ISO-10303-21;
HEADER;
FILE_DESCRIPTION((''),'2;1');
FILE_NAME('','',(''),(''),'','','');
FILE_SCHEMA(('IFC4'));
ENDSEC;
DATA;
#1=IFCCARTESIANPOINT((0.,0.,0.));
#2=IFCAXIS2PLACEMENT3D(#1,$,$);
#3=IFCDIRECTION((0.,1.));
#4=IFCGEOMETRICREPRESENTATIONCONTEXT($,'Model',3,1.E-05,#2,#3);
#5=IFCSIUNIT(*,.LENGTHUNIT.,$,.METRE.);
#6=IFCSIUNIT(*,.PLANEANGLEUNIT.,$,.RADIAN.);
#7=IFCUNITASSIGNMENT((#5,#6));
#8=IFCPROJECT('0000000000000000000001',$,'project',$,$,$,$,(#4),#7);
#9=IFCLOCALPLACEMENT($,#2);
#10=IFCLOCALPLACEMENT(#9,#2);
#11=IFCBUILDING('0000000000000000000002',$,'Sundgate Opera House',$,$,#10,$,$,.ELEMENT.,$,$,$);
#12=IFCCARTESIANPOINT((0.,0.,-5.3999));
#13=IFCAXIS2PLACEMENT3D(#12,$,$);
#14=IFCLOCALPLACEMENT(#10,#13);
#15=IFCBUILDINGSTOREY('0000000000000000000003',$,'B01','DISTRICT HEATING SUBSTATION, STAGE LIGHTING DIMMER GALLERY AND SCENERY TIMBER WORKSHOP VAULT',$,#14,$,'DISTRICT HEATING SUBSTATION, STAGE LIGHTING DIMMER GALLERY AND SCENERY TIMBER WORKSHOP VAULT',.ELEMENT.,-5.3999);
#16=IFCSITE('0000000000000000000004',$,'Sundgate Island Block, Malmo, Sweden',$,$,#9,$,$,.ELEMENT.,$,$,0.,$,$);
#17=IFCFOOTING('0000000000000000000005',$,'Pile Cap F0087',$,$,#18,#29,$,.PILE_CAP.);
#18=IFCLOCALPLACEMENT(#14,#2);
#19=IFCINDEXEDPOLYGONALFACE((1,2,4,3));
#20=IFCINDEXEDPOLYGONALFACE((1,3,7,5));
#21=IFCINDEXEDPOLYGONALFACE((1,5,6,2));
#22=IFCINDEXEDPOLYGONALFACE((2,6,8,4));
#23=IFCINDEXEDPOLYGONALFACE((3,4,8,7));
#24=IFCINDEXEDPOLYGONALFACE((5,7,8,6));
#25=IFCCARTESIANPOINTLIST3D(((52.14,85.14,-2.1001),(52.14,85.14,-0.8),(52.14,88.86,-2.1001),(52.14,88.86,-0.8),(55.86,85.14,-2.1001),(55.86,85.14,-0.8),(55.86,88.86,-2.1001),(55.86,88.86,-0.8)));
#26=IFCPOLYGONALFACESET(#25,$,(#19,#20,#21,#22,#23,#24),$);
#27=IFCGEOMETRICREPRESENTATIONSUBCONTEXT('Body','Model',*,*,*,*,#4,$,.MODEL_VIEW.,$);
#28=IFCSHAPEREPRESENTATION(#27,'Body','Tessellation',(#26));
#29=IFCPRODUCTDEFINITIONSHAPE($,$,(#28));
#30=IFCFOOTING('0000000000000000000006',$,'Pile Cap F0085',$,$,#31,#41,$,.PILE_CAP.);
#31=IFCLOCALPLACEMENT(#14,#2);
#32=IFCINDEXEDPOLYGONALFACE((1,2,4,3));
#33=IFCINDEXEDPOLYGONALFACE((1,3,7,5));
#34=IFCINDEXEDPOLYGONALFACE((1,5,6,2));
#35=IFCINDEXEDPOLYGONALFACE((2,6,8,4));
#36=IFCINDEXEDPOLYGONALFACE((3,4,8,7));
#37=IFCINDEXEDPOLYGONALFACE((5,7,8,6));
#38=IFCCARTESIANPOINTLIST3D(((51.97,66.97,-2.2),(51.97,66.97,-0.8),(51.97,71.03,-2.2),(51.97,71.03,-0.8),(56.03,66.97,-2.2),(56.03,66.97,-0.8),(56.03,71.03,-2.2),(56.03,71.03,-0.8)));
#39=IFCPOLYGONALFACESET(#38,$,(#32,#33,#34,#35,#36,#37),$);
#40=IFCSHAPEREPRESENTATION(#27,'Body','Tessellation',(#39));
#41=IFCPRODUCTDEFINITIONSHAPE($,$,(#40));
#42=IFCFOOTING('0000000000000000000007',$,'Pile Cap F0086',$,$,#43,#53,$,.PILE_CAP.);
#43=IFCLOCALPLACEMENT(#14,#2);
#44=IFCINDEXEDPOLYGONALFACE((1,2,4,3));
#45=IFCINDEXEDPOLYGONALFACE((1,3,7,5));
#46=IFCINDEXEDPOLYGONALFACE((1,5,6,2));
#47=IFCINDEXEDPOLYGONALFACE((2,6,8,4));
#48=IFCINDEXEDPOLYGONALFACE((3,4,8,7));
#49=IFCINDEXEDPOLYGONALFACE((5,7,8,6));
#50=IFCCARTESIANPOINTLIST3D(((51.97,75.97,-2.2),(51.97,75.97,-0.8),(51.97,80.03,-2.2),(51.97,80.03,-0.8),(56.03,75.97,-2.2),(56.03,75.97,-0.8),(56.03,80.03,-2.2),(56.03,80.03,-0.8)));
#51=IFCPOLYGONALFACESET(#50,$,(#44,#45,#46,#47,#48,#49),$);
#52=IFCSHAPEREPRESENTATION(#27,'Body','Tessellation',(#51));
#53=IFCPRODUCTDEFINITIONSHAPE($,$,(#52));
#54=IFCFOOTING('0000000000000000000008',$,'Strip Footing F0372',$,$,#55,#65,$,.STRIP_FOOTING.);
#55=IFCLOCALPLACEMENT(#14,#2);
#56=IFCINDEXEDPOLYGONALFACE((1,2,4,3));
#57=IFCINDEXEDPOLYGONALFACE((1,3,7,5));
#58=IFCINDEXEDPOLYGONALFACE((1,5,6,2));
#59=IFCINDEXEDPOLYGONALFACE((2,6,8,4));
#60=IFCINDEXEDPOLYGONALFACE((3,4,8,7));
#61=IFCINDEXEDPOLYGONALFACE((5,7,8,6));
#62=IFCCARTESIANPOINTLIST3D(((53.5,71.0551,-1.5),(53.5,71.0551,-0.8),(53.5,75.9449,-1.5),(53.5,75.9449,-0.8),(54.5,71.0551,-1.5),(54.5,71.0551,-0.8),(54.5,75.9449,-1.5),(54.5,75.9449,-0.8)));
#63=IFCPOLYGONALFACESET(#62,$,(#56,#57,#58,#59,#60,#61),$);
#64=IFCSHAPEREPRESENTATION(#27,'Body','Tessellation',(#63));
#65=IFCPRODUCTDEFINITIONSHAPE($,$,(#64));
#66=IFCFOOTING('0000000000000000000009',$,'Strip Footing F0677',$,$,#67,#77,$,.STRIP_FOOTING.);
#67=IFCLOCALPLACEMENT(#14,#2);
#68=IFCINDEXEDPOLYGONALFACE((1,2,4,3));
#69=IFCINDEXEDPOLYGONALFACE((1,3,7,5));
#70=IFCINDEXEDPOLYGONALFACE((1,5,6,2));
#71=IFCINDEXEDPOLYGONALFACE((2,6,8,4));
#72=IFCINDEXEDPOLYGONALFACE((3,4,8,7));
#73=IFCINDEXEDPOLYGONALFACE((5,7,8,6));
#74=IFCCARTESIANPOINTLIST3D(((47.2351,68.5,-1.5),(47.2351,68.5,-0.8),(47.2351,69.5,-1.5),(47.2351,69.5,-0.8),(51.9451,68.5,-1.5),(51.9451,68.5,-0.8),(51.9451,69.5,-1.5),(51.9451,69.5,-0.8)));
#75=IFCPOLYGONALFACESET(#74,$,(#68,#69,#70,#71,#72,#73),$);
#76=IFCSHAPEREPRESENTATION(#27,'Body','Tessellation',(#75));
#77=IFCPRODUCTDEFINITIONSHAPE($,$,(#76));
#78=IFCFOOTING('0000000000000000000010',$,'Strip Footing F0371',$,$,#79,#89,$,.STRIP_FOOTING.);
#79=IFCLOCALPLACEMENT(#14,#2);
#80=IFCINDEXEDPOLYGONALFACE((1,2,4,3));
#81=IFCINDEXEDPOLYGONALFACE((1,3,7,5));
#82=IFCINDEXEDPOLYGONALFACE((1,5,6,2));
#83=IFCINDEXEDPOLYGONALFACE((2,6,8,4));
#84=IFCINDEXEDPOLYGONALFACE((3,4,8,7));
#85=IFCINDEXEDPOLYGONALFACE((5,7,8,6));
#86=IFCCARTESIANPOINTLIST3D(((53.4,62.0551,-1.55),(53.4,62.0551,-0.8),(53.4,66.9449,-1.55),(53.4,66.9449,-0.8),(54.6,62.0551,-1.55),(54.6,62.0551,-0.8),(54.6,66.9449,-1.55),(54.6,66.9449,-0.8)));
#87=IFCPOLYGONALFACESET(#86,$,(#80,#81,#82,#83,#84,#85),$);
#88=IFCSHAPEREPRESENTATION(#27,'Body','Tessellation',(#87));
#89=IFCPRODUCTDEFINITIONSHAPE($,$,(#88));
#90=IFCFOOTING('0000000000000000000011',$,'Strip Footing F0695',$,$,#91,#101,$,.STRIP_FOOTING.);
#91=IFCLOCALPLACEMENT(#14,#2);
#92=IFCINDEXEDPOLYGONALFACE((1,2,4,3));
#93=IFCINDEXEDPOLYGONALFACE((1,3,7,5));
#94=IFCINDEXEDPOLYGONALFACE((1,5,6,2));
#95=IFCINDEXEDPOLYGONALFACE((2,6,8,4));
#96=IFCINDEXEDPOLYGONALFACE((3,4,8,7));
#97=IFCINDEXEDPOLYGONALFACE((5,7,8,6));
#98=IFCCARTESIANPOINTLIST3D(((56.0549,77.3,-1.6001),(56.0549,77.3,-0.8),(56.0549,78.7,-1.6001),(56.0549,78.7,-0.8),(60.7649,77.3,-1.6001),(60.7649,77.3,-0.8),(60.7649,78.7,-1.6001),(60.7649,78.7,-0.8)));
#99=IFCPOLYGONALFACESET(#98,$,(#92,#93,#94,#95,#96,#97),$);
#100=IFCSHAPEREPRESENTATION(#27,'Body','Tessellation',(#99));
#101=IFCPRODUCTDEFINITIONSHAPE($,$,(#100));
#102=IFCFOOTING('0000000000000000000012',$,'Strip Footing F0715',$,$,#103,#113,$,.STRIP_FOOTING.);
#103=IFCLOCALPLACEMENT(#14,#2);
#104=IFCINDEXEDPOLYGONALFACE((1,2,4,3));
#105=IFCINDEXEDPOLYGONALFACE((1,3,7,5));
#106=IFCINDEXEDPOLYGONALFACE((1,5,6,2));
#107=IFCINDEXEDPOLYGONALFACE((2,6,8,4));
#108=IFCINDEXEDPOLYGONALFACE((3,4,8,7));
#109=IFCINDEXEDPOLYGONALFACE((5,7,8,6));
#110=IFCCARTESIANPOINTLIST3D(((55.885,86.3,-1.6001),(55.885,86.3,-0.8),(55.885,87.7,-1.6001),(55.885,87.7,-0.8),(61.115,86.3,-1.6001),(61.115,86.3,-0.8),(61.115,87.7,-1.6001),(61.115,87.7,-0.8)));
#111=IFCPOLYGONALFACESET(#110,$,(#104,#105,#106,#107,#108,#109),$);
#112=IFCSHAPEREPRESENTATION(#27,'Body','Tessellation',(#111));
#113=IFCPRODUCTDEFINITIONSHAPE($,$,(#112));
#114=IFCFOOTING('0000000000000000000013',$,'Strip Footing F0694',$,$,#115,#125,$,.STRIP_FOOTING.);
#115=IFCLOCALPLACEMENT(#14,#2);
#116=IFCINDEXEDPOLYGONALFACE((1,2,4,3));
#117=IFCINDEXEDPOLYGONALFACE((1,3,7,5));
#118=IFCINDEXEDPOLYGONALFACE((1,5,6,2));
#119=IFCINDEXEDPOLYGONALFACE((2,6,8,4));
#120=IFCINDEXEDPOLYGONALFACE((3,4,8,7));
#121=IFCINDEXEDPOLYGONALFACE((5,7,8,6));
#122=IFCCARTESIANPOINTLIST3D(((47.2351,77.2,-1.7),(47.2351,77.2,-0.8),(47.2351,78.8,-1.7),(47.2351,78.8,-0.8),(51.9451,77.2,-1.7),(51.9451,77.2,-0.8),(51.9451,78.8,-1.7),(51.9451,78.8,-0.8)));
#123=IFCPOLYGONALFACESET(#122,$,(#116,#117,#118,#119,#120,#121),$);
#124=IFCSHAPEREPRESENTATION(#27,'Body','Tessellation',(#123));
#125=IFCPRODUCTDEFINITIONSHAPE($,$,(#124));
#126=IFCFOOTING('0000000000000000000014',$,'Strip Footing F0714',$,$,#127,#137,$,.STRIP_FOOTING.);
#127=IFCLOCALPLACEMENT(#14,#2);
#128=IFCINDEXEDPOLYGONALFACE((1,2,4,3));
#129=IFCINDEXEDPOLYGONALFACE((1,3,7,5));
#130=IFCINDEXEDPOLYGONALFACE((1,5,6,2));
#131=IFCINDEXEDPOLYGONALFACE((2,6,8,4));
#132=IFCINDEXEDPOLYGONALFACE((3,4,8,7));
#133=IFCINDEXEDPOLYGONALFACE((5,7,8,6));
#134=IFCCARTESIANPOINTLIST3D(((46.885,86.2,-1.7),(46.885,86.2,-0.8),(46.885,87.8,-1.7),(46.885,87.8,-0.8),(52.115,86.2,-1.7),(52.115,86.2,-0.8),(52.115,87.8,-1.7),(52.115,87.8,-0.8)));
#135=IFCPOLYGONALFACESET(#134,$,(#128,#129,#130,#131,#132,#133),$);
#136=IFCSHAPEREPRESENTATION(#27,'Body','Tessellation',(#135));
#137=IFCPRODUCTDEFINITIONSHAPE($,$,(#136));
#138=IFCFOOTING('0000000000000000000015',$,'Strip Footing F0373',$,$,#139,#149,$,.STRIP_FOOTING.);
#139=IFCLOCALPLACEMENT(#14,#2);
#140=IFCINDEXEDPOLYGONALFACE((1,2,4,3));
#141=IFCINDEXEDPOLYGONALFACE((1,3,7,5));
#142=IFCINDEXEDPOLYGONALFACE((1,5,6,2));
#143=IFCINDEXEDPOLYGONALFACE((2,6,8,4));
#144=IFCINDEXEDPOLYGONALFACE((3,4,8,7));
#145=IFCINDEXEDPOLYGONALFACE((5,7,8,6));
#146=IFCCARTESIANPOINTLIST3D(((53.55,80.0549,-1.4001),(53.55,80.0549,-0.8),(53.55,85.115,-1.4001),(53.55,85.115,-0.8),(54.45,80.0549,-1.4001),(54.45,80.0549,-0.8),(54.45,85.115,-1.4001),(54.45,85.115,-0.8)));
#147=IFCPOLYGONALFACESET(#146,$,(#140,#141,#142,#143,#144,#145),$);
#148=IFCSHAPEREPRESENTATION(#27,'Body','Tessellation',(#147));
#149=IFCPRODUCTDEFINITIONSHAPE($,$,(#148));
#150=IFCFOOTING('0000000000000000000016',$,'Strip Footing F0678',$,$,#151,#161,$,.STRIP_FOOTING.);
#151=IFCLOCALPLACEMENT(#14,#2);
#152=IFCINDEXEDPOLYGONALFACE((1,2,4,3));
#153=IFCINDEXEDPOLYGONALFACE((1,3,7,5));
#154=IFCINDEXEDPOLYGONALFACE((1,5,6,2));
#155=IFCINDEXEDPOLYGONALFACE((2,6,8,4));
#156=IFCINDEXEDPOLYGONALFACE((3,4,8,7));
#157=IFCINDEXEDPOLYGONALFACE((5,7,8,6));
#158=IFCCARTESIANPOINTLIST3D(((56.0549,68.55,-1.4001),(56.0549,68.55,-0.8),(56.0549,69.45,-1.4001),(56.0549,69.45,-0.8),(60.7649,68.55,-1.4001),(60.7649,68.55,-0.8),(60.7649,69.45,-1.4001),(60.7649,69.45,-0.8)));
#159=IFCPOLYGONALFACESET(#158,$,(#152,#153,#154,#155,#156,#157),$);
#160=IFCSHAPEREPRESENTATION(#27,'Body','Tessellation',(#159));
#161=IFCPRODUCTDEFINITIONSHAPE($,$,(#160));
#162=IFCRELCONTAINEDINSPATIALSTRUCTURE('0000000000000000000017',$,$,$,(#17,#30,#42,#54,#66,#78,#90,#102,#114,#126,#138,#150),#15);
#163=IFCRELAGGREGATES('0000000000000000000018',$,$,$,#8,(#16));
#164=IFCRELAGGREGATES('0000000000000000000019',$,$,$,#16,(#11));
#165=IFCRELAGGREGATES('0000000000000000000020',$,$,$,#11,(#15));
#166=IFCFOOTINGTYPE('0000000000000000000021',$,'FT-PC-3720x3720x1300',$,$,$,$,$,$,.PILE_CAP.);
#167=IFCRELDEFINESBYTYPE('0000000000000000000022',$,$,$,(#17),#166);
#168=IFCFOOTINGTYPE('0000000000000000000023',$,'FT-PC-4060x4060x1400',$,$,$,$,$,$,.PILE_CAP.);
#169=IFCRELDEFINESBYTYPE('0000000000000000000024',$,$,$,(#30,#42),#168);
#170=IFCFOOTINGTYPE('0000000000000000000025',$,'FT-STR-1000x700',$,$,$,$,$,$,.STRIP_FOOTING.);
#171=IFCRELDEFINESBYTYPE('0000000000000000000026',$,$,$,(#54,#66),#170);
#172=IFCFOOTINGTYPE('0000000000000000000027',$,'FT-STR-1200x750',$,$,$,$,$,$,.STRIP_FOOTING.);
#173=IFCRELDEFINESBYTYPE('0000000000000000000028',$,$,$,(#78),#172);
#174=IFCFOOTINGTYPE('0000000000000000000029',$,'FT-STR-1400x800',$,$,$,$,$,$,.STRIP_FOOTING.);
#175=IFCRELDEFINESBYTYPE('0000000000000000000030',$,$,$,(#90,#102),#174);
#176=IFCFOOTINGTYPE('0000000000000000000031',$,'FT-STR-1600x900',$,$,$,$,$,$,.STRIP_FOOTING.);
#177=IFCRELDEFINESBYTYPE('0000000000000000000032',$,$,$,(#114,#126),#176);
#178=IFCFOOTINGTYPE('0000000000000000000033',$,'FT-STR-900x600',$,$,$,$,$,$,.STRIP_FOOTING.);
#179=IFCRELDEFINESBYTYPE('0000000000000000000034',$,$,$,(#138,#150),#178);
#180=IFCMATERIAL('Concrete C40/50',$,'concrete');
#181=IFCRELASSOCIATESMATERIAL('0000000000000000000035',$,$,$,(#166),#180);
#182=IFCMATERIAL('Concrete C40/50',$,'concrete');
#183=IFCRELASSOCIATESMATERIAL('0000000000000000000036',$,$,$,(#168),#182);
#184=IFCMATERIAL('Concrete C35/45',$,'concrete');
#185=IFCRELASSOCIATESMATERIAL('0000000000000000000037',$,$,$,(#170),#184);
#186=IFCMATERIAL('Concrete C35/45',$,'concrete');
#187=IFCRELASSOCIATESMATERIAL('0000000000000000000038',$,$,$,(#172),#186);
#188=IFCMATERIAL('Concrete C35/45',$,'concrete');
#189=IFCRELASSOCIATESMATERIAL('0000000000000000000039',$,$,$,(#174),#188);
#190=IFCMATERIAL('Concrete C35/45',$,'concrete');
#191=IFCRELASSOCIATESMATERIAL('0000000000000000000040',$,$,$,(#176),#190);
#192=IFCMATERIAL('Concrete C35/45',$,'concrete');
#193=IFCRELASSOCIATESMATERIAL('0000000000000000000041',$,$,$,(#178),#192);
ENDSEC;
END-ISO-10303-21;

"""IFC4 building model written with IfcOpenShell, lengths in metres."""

from ifc_helpers import new_model, si_unit, direction, frame, origin, origin_2d, place, context, subcontext, project, spatial, rectangle, extrude, material, type_object, element, save


model = new_model("IFC4")

# Units and contexts
model_context = context("Model", 3, precision=1e-05, world=origin(), true_north=direction((0.0, 1.0)))
body_context = subcontext(model_context, "Body", "Model", "MODEL_VIEW")
ifc_project = project(units=[si_unit("LENGTHUNIT", "METRE"), si_unit("PLANEANGLEUNIT", "RADIAN")], contexts=[model_context])

# Site, building, storey
site_placement = place(None, origin())
site = spatial("IfcSite", under=ifc_project, at=site_placement, Name="Sundgate Island Block, Malmo, Sweden", CompositionType="ELEMENT", RefElevation=0.0)
building_placement = place(site_placement, origin())
building = spatial("IfcBuilding", under=site, at=building_placement, Name="Sundgate Opera House", CompositionType="ELEMENT")
storey_placement = place(building_placement, frame((0.0, 0.0, -5.3999)))
storey = spatial("IfcBuildingStorey", under=building, at=storey_placement, Name="B01", Description="DISTRICT HEATING SUBSTATION, STAGE LIGHTING DIMMER GALLERY AND SCENERY TIMBER WORKSHOP VAULT", LongName="DISTRICT HEATING SUBSTATION, STAGE LIGHTING DIMMER GALLERY AND SCENERY TIMBER WORKSHOP VAULT", CompositionType="ELEMENT", Elevation=-5.3999)

# Footings
ifc_material_1 = material(Name="Concrete C40/50", Category="concrete")
footing_type_1 = type_object("IfcFootingType", Name="FT-PC-3720x3720x1300", PredefinedType="PILE_CAP", material=ifc_material_1)
footing_1_placement = place(storey_placement, frame((54.0, 87.0, -2.1001), z_axis=(0.0, 0.0, 1.0), x_axis=(1.0, 0.0, 0.0)))
element("IfcFooting", 1, at=footing_1_placement, inside=storey, type_object=footing_type_1, Name="Pile Cap F0087", PredefinedType="PILE_CAP", context=body_context, shape_type="SweptSolid", body=[
    extrude(rectangle(XDim=3.72, YDim=3.72, at=origin_2d()), origin(), (0.0, 0.0, 1.0), 1.3),
])
ifc_material_2 = material(Name="Concrete C40/50", Category="concrete")
footing_type_2 = type_object("IfcFootingType", Name="FT-PC-4060x4060x1400", PredefinedType="PILE_CAP", material=ifc_material_2)
for number, where, z_axis, x_axis, name in (
    (2, (54.0, 69.0, -2.2), (0.0, 0.0, 1.0), (1.0, 0.0, 0.0), "Pile Cap F0085"),
    (3, (54.0, 78.0, -2.2), (0.0, 0.0, 1.0), (1.0, 0.0, 0.0), "Pile Cap F0086"),
):
    element("IfcFooting", number, at=place(storey_placement, frame(where, z_axis=z_axis, x_axis=x_axis)), inside=storey, type_object=footing_type_2, Name=name, PredefinedType="PILE_CAP", context=body_context, shape_type="SweptSolid", body=[
        extrude(rectangle(XDim=4.0601, YDim=4.0601, at=origin_2d()), origin(), (0.0, 0.0, 1.0), 1.3999),
    ])
ifc_material_3 = material(Name="Concrete C35/45", Category="concrete")
footing_type_3 = type_object("IfcFootingType", Name="FT-STR-1000x700", PredefinedType="STRIP_FOOTING", material=ifc_material_3)
footing_2_placement = place(storey_placement, frame((54.0, 73.5, -1.5), z_axis=(0.0, 0.0, 1.0), x_axis=(1.0, 0.0, 0.0)))
element("IfcFooting", 4, at=footing_2_placement, inside=storey, type_object=footing_type_3, Name="Strip Footing F0372", PredefinedType="STRIP_FOOTING", context=body_context, shape_type="SweptSolid", body=[
    extrude(rectangle(XDim=1.0, YDim=4.8899, at=origin_2d()), origin(), (0.0, 0.0, 1.0), 0.7),
])
footing_3_placement = place(storey_placement, frame((49.5901, 69.0, -1.5), z_axis=(0.0, 0.0, 1.0), x_axis=(1.0, 0.0, 0.0)))
element("IfcFooting", 5, at=footing_3_placement, inside=storey, type_object=footing_type_3, Name="Strip Footing F0677", PredefinedType="STRIP_FOOTING", context=body_context, shape_type="SweptSolid", body=[
    extrude(rectangle(XDim=4.71, YDim=1.0, at=origin_2d()), origin(), (0.0, 0.0, 1.0), 0.7),
])
ifc_material_4 = material(Name="Concrete C35/45", Category="concrete")
footing_type_4 = type_object("IfcFootingType", Name="FT-STR-1200x750", PredefinedType="STRIP_FOOTING", material=ifc_material_4)
footing_4_placement = place(storey_placement, frame((54.0, 64.5, -1.55), z_axis=(0.0, 0.0, 1.0), x_axis=(1.0, 0.0, 0.0)))
element("IfcFooting", 6, at=footing_4_placement, inside=storey, type_object=footing_type_4, Name="Strip Footing F0371", PredefinedType="STRIP_FOOTING", context=body_context, shape_type="SweptSolid", body=[
    extrude(rectangle(XDim=1.2, YDim=4.8899, at=origin_2d()), origin(), (0.0, 0.0, 1.0), 0.75),
])
ifc_material_5 = material(Name="Concrete C35/45", Category="concrete")
footing_type_5 = type_object("IfcFootingType", Name="FT-STR-1400x800", PredefinedType="STRIP_FOOTING", material=ifc_material_5)
footing_5_placement = place(storey_placement, frame((58.4099, 78.0, -1.6001), z_axis=(0.0, 0.0, 1.0), x_axis=(1.0, 0.0, 0.0)))
element("IfcFooting", 7, at=footing_5_placement, inside=storey, type_object=footing_type_5, Name="Strip Footing F0695", PredefinedType="STRIP_FOOTING", context=body_context, shape_type="SweptSolid", body=[
    extrude(rectangle(XDim=4.71, YDim=1.3999, at=origin_2d()), origin(), (0.0, 0.0, 1.0), 0.8),
])
footing_6_placement = place(storey_placement, frame((58.5, 87.0, -1.6001), z_axis=(0.0, 0.0, 1.0), x_axis=(1.0, 0.0, 0.0)))
element("IfcFooting", 8, at=footing_6_placement, inside=storey, type_object=footing_type_5, Name="Strip Footing F0715", PredefinedType="STRIP_FOOTING", context=body_context, shape_type="SweptSolid", body=[
    extrude(rectangle(XDim=5.23, YDim=1.3999, at=origin_2d()), origin(), (0.0, 0.0, 1.0), 0.8),
])
ifc_material_6 = material(Name="Concrete C35/45", Category="concrete")
footing_type_6 = type_object("IfcFootingType", Name="FT-STR-1600x900", PredefinedType="STRIP_FOOTING", material=ifc_material_6)
footing_7_placement = place(storey_placement, frame((49.5901, 78.0, -1.7), z_axis=(0.0, 0.0, 1.0), x_axis=(1.0, 0.0, 0.0)))
element("IfcFooting", 9, at=footing_7_placement, inside=storey, type_object=footing_type_6, Name="Strip Footing F0694", PredefinedType="STRIP_FOOTING", context=body_context, shape_type="SweptSolid", body=[
    extrude(rectangle(XDim=4.71, YDim=1.6001, at=origin_2d()), origin(), (0.0, 0.0, 1.0), 0.8999),
])
footing_8_placement = place(storey_placement, frame((49.5, 87.0, -1.7), z_axis=(0.0, 0.0, 1.0), x_axis=(1.0, 0.0, 0.0)))
element("IfcFooting", 10, at=footing_8_placement, inside=storey, type_object=footing_type_6, Name="Strip Footing F0714", PredefinedType="STRIP_FOOTING", context=body_context, shape_type="SweptSolid", body=[
    extrude(rectangle(XDim=5.23, YDim=1.6001, at=origin_2d()), origin(), (0.0, 0.0, 1.0), 0.8999),
])
ifc_material_7 = material(Name="Concrete C35/45", Category="concrete")
footing_type_7 = type_object("IfcFootingType", Name="FT-STR-900x600", PredefinedType="STRIP_FOOTING", material=ifc_material_7)
footing_9_placement = place(storey_placement, frame((54.0, 82.585, -1.4001), z_axis=(0.0, 0.0, 1.0), x_axis=(1.0, 0.0, 0.0)))
element("IfcFooting", 11, at=footing_9_placement, inside=storey, type_object=footing_type_7, Name="Strip Footing F0373", PredefinedType="STRIP_FOOTING", context=body_context, shape_type="SweptSolid", body=[
    extrude(rectangle(XDim=0.8999, YDim=5.0601, at=origin_2d()), origin(), (0.0, 0.0, 1.0), 0.6001),
])
footing_10_placement = place(storey_placement, frame((58.4099, 69.0, -1.4001), z_axis=(0.0, 0.0, 1.0), x_axis=(1.0, 0.0, 0.0)))
element("IfcFooting", 12, at=footing_10_placement, inside=storey, type_object=footing_type_7, Name="Strip Footing F0678", PredefinedType="STRIP_FOOTING", context=body_context, shape_type="SweptSolid", body=[
    extrude(rectangle(XDim=4.71, YDim=0.8999, at=origin_2d()), origin(), (0.0, 0.0, 1.0), 0.6001),
])

save(model, "model.ifc")
